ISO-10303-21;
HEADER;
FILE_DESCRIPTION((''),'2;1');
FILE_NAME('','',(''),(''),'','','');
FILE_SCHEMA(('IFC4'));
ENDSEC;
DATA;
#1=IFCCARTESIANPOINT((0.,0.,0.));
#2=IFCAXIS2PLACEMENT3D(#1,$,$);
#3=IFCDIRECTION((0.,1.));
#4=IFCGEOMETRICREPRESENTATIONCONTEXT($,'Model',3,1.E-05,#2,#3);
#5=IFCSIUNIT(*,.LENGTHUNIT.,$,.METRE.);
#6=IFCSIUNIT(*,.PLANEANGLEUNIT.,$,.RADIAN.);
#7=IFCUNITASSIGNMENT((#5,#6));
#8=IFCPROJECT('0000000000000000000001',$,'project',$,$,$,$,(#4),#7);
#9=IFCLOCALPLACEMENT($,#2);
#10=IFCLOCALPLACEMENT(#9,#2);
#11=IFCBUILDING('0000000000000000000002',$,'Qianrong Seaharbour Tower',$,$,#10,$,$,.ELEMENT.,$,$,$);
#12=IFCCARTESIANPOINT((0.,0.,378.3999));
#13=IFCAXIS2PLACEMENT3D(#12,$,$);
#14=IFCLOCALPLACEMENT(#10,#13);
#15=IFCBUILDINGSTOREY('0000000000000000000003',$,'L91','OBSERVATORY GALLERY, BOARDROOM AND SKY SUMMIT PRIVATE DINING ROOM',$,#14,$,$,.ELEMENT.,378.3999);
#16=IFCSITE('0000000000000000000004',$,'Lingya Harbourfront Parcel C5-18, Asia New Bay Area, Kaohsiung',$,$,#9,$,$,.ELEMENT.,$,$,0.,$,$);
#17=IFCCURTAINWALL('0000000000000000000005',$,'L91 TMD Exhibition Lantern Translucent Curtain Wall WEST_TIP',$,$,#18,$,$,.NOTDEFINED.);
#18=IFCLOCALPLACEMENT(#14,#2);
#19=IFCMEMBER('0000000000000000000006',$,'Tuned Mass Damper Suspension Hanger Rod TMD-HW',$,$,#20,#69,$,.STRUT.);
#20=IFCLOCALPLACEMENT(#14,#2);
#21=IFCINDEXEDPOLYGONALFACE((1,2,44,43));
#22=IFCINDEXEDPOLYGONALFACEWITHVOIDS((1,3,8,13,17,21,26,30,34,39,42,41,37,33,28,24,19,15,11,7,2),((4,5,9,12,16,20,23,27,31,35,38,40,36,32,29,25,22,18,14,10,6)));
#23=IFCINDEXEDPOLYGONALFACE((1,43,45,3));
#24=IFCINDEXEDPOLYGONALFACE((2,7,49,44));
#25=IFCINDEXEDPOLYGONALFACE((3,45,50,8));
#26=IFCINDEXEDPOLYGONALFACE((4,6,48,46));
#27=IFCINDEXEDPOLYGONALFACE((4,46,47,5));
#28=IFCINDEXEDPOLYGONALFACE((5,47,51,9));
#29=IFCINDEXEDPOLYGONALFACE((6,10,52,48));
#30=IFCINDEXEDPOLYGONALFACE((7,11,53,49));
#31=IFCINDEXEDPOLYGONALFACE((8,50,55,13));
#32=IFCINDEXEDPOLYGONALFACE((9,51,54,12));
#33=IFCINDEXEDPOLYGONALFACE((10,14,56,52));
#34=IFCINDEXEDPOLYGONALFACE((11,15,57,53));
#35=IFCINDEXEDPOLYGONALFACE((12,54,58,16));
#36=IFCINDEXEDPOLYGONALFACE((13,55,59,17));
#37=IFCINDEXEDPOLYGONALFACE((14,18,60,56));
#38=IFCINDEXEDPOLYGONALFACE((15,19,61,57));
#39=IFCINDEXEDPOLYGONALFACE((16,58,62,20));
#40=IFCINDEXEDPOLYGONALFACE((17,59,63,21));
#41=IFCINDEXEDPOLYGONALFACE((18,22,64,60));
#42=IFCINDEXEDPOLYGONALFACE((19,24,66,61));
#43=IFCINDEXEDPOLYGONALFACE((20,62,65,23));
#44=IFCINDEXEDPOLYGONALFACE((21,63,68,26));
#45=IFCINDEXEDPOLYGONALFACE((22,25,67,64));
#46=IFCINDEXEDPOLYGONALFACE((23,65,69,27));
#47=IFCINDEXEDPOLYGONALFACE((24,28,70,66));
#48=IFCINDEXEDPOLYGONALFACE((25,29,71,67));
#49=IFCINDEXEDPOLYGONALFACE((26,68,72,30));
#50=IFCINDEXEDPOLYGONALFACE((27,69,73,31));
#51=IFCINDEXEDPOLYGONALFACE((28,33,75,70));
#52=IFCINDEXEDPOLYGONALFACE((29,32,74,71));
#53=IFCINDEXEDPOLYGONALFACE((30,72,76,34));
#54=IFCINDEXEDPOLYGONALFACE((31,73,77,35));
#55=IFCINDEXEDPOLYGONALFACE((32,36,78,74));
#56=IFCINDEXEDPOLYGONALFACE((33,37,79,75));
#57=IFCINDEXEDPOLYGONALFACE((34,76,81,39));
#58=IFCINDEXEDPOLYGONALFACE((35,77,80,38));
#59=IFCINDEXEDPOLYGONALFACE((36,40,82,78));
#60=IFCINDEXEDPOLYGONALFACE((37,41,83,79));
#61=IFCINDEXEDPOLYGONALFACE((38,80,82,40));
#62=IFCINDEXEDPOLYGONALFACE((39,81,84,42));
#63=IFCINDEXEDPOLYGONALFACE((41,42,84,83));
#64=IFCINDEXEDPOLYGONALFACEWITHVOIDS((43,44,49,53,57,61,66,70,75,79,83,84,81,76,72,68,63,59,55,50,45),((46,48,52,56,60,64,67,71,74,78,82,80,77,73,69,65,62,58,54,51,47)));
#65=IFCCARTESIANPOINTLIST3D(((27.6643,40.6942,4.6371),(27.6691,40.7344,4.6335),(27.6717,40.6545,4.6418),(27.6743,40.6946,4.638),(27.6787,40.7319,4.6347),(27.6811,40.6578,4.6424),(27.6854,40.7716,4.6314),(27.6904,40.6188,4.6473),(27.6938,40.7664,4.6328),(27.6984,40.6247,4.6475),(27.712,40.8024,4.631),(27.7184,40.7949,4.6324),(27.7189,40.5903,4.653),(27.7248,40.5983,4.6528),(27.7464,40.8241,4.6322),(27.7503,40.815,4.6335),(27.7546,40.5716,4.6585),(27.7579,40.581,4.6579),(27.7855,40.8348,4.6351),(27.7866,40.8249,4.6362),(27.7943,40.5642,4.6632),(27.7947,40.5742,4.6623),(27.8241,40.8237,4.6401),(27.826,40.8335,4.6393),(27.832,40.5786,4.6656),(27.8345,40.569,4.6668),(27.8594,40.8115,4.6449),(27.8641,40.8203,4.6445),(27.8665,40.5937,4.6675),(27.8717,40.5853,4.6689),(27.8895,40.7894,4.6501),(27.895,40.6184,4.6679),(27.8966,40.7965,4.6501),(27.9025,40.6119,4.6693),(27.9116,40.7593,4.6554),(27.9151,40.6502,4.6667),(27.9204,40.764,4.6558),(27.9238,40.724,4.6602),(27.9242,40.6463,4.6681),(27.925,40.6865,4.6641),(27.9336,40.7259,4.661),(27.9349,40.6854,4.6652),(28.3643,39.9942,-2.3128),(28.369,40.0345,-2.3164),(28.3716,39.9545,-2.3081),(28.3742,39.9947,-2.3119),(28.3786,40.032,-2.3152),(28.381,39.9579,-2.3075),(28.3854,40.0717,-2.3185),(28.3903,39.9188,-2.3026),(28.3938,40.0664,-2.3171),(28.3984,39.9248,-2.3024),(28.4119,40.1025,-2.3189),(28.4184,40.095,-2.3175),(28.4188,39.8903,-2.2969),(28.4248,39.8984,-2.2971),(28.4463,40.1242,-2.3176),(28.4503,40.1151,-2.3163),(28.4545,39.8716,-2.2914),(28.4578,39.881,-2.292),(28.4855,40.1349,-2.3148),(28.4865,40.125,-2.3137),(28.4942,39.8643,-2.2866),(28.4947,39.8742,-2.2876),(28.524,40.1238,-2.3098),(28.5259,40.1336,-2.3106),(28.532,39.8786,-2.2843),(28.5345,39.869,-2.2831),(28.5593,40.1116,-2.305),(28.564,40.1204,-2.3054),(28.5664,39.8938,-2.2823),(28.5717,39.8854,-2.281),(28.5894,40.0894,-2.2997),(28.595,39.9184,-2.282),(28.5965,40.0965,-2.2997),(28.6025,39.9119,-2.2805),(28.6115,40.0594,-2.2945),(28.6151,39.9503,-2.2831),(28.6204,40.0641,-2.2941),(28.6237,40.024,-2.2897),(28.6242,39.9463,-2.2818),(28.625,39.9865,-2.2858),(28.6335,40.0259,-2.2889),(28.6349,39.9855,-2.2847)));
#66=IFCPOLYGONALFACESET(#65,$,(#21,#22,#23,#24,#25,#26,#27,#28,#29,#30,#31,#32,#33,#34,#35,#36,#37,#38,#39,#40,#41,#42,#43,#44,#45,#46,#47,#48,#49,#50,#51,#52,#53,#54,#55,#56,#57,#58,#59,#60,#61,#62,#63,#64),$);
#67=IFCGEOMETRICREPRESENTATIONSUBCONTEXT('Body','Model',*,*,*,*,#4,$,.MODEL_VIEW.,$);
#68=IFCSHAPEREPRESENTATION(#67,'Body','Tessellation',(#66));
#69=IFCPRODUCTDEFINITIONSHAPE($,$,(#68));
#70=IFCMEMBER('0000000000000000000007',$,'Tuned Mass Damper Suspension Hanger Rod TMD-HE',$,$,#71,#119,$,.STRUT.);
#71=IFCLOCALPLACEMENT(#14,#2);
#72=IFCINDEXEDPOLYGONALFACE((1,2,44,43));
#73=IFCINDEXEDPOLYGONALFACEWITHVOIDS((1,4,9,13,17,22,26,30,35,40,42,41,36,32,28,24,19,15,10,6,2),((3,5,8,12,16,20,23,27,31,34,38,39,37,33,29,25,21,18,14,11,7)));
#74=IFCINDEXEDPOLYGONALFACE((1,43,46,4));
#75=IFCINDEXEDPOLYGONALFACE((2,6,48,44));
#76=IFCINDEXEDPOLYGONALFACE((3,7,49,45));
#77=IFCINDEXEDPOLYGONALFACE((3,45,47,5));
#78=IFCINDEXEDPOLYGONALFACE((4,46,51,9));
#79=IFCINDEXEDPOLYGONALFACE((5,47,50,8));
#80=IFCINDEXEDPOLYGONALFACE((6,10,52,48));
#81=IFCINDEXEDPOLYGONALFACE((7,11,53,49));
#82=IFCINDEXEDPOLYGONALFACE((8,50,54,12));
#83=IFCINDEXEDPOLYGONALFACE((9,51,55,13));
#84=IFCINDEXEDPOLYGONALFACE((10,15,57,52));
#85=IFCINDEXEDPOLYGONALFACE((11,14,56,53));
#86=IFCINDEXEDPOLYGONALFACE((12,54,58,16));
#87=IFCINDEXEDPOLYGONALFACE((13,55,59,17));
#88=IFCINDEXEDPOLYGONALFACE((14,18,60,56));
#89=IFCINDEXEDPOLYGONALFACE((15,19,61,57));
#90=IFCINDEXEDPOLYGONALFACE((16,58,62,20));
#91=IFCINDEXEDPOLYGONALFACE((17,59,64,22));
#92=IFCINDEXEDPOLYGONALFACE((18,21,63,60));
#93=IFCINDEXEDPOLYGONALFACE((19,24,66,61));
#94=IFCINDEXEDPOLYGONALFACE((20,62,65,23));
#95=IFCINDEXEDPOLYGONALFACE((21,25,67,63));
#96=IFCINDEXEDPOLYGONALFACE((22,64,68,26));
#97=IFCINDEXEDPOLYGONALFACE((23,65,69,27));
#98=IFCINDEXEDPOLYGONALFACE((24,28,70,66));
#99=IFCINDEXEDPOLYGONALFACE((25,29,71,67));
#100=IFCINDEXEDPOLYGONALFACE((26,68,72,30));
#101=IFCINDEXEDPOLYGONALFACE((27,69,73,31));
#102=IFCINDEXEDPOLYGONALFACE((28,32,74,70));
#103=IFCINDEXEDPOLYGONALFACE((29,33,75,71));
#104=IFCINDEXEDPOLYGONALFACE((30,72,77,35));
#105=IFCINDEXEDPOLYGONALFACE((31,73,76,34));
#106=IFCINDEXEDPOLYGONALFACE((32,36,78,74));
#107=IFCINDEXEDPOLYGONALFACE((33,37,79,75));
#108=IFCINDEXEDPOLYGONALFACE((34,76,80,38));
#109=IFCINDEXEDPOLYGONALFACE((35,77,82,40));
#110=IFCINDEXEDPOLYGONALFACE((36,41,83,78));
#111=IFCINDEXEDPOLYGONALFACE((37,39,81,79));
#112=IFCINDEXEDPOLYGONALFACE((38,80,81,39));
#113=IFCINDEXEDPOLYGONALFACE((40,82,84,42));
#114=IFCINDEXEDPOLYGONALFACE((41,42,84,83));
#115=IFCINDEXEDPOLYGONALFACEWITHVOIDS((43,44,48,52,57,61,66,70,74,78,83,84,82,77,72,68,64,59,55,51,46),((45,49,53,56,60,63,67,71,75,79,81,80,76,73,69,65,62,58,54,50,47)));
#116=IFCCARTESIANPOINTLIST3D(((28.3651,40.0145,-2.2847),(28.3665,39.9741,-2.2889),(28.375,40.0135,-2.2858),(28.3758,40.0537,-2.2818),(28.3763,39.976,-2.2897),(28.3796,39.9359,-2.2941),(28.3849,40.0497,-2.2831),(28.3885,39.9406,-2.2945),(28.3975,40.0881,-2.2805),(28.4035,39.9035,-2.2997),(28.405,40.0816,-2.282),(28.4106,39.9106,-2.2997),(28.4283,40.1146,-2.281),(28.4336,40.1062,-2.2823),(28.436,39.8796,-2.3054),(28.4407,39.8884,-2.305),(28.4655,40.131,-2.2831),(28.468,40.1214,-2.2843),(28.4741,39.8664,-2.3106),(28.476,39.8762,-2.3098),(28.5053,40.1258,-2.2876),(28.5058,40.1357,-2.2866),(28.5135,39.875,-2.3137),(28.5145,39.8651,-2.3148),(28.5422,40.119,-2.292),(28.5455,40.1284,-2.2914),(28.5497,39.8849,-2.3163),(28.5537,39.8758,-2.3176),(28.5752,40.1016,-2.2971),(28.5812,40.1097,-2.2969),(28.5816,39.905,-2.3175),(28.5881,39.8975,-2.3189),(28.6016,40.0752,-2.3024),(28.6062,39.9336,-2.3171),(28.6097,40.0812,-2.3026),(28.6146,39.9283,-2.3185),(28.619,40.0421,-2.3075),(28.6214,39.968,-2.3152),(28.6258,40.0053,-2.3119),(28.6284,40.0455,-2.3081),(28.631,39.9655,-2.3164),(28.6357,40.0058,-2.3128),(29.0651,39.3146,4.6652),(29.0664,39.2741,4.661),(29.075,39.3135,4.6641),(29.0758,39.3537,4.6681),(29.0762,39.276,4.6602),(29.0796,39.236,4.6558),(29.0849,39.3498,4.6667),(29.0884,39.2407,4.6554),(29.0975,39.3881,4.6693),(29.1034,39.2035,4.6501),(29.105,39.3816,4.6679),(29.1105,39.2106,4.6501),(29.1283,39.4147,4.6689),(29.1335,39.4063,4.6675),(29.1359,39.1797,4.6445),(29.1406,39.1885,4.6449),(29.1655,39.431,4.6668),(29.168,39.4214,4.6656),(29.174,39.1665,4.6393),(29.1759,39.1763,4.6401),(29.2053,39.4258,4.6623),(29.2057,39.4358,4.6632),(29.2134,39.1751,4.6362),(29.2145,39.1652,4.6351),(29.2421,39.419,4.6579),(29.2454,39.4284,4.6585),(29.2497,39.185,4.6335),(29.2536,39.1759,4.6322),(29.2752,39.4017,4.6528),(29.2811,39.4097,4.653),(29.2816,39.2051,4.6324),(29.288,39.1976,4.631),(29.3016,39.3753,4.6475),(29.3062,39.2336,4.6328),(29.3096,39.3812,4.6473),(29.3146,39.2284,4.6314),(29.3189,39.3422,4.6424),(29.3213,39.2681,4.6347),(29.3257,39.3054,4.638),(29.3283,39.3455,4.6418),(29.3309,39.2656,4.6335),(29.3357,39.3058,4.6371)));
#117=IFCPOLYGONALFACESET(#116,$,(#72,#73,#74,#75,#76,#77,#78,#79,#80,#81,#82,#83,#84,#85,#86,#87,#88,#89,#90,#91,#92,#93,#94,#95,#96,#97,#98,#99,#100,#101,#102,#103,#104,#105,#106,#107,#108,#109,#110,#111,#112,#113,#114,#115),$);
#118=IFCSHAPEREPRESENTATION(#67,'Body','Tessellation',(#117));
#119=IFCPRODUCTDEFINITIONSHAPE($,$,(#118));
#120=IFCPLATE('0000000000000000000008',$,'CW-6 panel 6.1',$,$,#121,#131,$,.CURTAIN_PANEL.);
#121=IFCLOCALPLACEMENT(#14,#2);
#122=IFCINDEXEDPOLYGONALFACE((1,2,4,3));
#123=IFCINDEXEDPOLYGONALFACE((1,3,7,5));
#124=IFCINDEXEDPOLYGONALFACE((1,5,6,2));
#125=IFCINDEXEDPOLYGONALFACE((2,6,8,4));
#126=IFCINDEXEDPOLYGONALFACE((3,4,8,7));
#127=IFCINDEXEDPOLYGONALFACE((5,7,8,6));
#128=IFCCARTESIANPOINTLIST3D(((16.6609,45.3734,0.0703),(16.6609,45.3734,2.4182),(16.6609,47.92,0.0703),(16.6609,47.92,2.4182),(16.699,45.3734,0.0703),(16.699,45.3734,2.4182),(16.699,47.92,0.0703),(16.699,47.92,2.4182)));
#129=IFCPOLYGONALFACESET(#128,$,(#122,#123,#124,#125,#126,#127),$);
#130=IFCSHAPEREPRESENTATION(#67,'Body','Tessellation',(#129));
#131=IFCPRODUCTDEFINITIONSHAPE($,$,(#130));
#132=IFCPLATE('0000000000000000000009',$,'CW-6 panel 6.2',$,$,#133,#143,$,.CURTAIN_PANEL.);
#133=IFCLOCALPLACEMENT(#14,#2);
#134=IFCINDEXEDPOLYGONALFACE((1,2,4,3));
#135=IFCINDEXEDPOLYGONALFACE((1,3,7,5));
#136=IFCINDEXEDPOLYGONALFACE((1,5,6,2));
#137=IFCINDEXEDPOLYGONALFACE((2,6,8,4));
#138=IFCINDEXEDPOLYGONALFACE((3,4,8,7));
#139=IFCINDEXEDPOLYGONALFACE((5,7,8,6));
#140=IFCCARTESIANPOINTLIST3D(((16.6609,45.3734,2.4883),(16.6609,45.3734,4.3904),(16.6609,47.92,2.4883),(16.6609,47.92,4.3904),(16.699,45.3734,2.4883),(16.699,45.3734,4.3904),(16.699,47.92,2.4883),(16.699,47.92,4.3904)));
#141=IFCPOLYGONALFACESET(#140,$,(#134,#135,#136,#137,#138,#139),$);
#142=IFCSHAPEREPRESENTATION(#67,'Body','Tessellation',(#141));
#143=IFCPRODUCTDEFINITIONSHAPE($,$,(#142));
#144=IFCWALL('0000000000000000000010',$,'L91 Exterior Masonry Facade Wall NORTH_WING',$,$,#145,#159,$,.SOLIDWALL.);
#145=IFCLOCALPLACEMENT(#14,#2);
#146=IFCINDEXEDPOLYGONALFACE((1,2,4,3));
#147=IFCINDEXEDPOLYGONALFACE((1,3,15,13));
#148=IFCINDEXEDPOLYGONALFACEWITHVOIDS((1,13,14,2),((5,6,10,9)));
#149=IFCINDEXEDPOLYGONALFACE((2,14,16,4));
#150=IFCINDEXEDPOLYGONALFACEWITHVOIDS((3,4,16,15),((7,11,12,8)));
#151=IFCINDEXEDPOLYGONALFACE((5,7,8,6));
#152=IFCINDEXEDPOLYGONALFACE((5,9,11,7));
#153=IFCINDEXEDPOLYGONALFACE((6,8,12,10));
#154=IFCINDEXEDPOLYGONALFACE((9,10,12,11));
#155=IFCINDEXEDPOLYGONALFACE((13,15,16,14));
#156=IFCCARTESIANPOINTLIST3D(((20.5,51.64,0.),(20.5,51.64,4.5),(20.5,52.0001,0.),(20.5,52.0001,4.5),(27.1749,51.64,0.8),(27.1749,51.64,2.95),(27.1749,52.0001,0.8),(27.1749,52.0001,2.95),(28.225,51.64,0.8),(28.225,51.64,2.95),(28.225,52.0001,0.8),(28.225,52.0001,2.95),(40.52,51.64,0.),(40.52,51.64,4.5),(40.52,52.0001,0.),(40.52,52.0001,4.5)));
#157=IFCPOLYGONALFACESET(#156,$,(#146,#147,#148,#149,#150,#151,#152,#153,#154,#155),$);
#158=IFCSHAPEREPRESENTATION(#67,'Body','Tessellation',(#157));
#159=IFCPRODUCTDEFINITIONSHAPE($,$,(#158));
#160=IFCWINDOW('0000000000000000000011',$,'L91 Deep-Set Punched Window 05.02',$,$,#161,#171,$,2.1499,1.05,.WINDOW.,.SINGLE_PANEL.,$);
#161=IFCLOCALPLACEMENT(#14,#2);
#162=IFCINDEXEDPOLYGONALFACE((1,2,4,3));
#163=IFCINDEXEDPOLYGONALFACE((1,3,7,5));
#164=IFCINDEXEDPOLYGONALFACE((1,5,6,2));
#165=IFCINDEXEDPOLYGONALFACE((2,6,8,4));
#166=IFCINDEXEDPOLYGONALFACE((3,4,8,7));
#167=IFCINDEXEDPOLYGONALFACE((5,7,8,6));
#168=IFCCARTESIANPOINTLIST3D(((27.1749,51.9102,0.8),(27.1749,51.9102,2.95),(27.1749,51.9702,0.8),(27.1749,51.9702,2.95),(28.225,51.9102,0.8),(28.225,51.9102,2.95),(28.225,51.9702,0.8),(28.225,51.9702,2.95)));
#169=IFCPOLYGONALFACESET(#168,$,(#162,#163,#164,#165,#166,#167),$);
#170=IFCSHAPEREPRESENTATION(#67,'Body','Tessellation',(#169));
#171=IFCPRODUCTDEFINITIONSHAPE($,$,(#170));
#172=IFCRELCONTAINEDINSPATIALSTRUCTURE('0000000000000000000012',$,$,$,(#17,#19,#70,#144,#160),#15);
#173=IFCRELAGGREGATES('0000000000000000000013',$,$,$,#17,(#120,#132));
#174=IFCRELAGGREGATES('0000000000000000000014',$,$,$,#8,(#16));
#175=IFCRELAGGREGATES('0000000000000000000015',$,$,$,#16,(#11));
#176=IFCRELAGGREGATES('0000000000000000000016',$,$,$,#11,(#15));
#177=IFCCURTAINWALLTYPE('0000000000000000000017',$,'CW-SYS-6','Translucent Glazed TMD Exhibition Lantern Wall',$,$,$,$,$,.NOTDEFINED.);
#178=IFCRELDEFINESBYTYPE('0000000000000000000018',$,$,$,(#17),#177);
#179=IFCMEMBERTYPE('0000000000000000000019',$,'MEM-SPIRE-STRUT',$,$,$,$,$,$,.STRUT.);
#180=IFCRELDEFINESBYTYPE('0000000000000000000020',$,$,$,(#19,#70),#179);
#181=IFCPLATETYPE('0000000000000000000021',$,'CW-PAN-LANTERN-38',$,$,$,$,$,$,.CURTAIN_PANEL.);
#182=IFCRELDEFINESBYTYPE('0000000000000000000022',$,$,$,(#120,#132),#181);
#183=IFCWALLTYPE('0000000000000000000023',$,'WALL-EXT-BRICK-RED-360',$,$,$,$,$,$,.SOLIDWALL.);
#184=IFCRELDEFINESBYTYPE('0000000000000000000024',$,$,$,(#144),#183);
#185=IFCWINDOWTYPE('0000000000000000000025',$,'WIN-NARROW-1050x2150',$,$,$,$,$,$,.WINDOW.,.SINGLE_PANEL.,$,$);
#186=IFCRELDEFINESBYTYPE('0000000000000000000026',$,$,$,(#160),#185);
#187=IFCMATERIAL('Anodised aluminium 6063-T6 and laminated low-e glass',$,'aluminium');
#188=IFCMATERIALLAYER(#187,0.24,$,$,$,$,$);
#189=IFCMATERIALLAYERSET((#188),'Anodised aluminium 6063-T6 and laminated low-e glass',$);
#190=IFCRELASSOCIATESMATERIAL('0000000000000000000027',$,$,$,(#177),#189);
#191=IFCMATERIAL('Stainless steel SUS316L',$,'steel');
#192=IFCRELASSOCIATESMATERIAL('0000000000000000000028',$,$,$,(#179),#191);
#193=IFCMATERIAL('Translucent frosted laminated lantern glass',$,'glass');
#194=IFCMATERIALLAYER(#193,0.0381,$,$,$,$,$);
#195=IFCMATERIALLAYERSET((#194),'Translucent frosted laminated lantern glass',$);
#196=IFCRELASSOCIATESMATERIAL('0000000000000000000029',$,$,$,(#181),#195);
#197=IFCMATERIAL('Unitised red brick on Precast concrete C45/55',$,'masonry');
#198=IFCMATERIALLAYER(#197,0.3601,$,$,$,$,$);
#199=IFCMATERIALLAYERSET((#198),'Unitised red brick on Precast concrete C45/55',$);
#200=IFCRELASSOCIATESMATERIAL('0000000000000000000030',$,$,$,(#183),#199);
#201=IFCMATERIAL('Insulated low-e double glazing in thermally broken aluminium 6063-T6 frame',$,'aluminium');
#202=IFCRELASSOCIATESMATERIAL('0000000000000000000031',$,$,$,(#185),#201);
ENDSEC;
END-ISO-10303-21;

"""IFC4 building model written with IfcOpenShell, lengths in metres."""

from ifc_helpers import new_model, si_unit, direction, frame, frame_2d, origin, origin_2d, place, context, subcontext, project, spatial, rectangle, hollow_circle, extrude, material, layer, layer_set, material_profile, profile_set, type_object, element, fill, aggregate, save


model = new_model("IFC4")

# Units and contexts
model_context = context("Model", 3, precision=1e-05, world=origin(), true_north=direction((0.0, 1.0)))
body_context = subcontext(model_context, "Body", "Model", "MODEL_VIEW")
ifc_project = project(units=[si_unit("LENGTHUNIT", "METRE"), si_unit("PLANEANGLEUNIT", "RADIAN")], contexts=[model_context])

# Site, building, storey
site_placement = place(None, origin())
site = spatial("IfcSite", under=ifc_project, at=site_placement, Name="Lingya Harbourfront Parcel C5-18, Asia New Bay Area, Kaohsiung", CompositionType="ELEMENT", RefElevation=0.0)
building_placement = place(site_placement, origin())
building = spatial("IfcBuilding", under=site, at=building_placement, Name="Qianrong Seaharbour Tower", CompositionType="ELEMENT")
storey_placement = place(building_placement, frame((0.0, 0.0, 378.3999)))
storey = spatial("IfcBuildingStorey", under=building, at=storey_placement, Name="L91", Description="OBSERVATORY GALLERY, BOARDROOM AND SKY SUMMIT PRIVATE DINING ROOM", CompositionType="ELEMENT", Elevation=378.3999)

# Curtain wall
ifc_material_1 = material(Name="Anodised aluminium 6063-T6 and laminated low-e glass", Category="aluminium")
ifc_layer_1 = layer(ifc_material_1, 0.24)
ifc_layer_set_1 = layer_set([ifc_layer_1], Name="Anodised aluminium 6063-T6 and laminated low-e glass")
curtain_wall_type = type_object("IfcCurtainWallType", Name="CW-SYS-6", Description="Translucent Glazed TMD Exhibition Lantern Wall", PredefinedType="NOTDEFINED", material=ifc_layer_set_1)
curtain_wall_placement = place(storey_placement, origin())
curtain_wall = element("IfcCurtainWall", 1, at=curtain_wall_placement, inside=storey, type_object=curtain_wall_type, Name="L91 TMD Exhibition Lantern Translucent Curtain Wall WEST_TIP", PredefinedType="NOTDEFINED")

# Members
ifc_material_2 = material(Name="Stainless steel SUS316L", Category="steel")
ifc_material_profile_1 = material_profile(ifc_material_2, hollow_circle(Radius=0.1365, WallThickness=0.01, at=origin_2d()), Name="CHS273.0x10")
ifc_profile_set_1 = profile_set([ifc_material_profile_1], Name="Stainless steel SUS316L")
member_type_1 = type_object("IfcMemberType", Name="MEM-SPIRE-STRUT", PredefinedType="STRUT", material=ifc_profile_set_1)
for number, where, z_axis, x_axis, name in (
    (2, (27.8, 40.7, 4.6501), (0.099707, -0.099707, -0.990009), (0.707107, 0.707107, 0.0), "Tuned Mass Damper Suspension Hanger Rod TMD-HW"),
    (3, (29.2, 39.3, 4.6501), (-0.099707, 0.099707, -0.990009), (-0.707107, -0.707107, 0.0), "Tuned Mass Damper Suspension Hanger Rod TMD-HE"),
):
    element("IfcMember", number, at=place(storey_placement, frame(where, z_axis=z_axis, x_axis=x_axis)), inside=storey, type_object=member_type_1, Name=name, PredefinedType="STRUT", context=body_context, shape_type="SweptSolid", body=[
        extrude(hollow_circle(Radius=0.1365, WallThickness=0.01, at=origin_2d()), origin(), (0.0, 0.0, 1.0), 7.02),
    ])

# Plates
ifc_material_3 = material(Name="Translucent frosted laminated lantern glass", Category="glass")
ifc_layer_2 = layer(ifc_material_3, 0.0381)
ifc_layer_set_2 = layer_set([ifc_layer_2], Name="Translucent frosted laminated lantern glass")
plate_type = type_object("IfcPlateType", Name="CW-PAN-LANTERN-38", PredefinedType="CURTAIN_PANEL", material=ifc_layer_set_2)
plate_1_placement = place(storey_placement, frame((16.6799, 46.6467, 0.0703), z_axis=(0.0, 0.0, 1.0), x_axis=(0.0, 1.0, 0.0)))
plate_1 = element("IfcPlate", 4, at=plate_1_placement, type_object=plate_type, Name="CW-6 panel 6.1", PredefinedType="CURTAIN_PANEL", context=body_context, shape_type="SweptSolid", body=[
    extrude(rectangle(XDim=2.5466, YDim=0.0381, at=origin_2d()), origin(), (0.0, 0.0, 1.0), 2.3479),
])
plate_2_placement = place(storey_placement, frame((16.6799, 46.6467, 2.4883), z_axis=(0.0, 0.0, 1.0), x_axis=(0.0, 1.0, 0.0)))
plate_2 = element("IfcPlate", 5, at=plate_2_placement, type_object=plate_type, Name="CW-6 panel 6.2", PredefinedType="CURTAIN_PANEL", context=body_context, shape_type="SweptSolid", body=[
    extrude(rectangle(XDim=2.5466, YDim=0.0381, at=origin_2d()), origin(), (0.0, 0.0, 1.0), 1.9021),
])
aggregate(curtain_wall, [plate_1, plate_2])

# Wall, opening, window
ifc_material_4 = material(Name="Unitised red brick on Precast concrete C45/55", Category="masonry")
ifc_layer_3 = layer(ifc_material_4, 0.3601)
ifc_layer_set_3 = layer_set([ifc_layer_3], Name="Unitised red brick on Precast concrete C45/55")
wall_type = type_object("IfcWallType", Name="WALL-EXT-BRICK-RED-360", PredefinedType="SOLIDWALL", material=ifc_layer_set_3)
wall_placement = place(storey_placement, frame((20.5, 51.8201, 0.0), z_axis=(0.0, 0.0, 1.0), x_axis=(1.0, 0.0, 0.0)))
wall = element("IfcWall", 6, at=wall_placement, inside=storey, type_object=wall_type, Name="L91 Exterior Masonry Facade Wall NORTH_WING", PredefinedType="SOLIDWALL", context=body_context, shape_type="SweptSolid", body=[
    extrude(rectangle(XDim=20.02, YDim=0.3601, at=frame_2d((10.01, 0.0))), origin(), (0.0, 0.0, 1.0), 4.5),
])
opening_placement = place(wall_placement, frame((6.675, 0.0, 0.8)))
opening = element("IfcOpeningElement", 7, at=opening_placement, cuts=wall, PredefinedType="OPENING", context=body_context, shape_type="SweptSolid", body=[
    extrude(rectangle(XDim=1.05, YDim=2.1499, at=frame_2d((0.5249, 1.075))), frame((0.0, 0.1899, 0.0), z_axis=(0.0, -1.0, 0.0), x_axis=(1.0, 0.0, 0.0)), (0.0, 0.0, 1.0), 0.3801),
])
ifc_material_5 = material(Name="Insulated low-e double glazing in thermally broken aluminium 6063-T6 frame", Category="aluminium")
window_type = type_object("IfcWindowType", Name="WIN-NARROW-1050x2150", PartitioningType="SINGLE_PANEL", PredefinedType="WINDOW", material=ifc_material_5)
window_placement = place(opening_placement, origin())
window = element("IfcWindow", 8, at=window_placement, inside=storey, type_object=window_type, Name="L91 Deep-Set Punched Window 05.02", OverallHeight=2.1499, OverallWidth=1.05, PartitioningType="SINGLE_PANEL", PredefinedType="WINDOW", context=body_context, shape_type="SweptSolid", body=[
    extrude(rectangle(XDim=1.05, YDim=2.1499, at=frame_2d((0.5249, 1.075))), frame((0.0, 0.1501, 0.0), z_axis=(0.0, -1.0, 0.0), x_axis=(1.0, 0.0, 0.0)), (0.0, 0.0, 1.0), 0.0601),
])
fill(opening, window)

save(model, "model.ifc")
